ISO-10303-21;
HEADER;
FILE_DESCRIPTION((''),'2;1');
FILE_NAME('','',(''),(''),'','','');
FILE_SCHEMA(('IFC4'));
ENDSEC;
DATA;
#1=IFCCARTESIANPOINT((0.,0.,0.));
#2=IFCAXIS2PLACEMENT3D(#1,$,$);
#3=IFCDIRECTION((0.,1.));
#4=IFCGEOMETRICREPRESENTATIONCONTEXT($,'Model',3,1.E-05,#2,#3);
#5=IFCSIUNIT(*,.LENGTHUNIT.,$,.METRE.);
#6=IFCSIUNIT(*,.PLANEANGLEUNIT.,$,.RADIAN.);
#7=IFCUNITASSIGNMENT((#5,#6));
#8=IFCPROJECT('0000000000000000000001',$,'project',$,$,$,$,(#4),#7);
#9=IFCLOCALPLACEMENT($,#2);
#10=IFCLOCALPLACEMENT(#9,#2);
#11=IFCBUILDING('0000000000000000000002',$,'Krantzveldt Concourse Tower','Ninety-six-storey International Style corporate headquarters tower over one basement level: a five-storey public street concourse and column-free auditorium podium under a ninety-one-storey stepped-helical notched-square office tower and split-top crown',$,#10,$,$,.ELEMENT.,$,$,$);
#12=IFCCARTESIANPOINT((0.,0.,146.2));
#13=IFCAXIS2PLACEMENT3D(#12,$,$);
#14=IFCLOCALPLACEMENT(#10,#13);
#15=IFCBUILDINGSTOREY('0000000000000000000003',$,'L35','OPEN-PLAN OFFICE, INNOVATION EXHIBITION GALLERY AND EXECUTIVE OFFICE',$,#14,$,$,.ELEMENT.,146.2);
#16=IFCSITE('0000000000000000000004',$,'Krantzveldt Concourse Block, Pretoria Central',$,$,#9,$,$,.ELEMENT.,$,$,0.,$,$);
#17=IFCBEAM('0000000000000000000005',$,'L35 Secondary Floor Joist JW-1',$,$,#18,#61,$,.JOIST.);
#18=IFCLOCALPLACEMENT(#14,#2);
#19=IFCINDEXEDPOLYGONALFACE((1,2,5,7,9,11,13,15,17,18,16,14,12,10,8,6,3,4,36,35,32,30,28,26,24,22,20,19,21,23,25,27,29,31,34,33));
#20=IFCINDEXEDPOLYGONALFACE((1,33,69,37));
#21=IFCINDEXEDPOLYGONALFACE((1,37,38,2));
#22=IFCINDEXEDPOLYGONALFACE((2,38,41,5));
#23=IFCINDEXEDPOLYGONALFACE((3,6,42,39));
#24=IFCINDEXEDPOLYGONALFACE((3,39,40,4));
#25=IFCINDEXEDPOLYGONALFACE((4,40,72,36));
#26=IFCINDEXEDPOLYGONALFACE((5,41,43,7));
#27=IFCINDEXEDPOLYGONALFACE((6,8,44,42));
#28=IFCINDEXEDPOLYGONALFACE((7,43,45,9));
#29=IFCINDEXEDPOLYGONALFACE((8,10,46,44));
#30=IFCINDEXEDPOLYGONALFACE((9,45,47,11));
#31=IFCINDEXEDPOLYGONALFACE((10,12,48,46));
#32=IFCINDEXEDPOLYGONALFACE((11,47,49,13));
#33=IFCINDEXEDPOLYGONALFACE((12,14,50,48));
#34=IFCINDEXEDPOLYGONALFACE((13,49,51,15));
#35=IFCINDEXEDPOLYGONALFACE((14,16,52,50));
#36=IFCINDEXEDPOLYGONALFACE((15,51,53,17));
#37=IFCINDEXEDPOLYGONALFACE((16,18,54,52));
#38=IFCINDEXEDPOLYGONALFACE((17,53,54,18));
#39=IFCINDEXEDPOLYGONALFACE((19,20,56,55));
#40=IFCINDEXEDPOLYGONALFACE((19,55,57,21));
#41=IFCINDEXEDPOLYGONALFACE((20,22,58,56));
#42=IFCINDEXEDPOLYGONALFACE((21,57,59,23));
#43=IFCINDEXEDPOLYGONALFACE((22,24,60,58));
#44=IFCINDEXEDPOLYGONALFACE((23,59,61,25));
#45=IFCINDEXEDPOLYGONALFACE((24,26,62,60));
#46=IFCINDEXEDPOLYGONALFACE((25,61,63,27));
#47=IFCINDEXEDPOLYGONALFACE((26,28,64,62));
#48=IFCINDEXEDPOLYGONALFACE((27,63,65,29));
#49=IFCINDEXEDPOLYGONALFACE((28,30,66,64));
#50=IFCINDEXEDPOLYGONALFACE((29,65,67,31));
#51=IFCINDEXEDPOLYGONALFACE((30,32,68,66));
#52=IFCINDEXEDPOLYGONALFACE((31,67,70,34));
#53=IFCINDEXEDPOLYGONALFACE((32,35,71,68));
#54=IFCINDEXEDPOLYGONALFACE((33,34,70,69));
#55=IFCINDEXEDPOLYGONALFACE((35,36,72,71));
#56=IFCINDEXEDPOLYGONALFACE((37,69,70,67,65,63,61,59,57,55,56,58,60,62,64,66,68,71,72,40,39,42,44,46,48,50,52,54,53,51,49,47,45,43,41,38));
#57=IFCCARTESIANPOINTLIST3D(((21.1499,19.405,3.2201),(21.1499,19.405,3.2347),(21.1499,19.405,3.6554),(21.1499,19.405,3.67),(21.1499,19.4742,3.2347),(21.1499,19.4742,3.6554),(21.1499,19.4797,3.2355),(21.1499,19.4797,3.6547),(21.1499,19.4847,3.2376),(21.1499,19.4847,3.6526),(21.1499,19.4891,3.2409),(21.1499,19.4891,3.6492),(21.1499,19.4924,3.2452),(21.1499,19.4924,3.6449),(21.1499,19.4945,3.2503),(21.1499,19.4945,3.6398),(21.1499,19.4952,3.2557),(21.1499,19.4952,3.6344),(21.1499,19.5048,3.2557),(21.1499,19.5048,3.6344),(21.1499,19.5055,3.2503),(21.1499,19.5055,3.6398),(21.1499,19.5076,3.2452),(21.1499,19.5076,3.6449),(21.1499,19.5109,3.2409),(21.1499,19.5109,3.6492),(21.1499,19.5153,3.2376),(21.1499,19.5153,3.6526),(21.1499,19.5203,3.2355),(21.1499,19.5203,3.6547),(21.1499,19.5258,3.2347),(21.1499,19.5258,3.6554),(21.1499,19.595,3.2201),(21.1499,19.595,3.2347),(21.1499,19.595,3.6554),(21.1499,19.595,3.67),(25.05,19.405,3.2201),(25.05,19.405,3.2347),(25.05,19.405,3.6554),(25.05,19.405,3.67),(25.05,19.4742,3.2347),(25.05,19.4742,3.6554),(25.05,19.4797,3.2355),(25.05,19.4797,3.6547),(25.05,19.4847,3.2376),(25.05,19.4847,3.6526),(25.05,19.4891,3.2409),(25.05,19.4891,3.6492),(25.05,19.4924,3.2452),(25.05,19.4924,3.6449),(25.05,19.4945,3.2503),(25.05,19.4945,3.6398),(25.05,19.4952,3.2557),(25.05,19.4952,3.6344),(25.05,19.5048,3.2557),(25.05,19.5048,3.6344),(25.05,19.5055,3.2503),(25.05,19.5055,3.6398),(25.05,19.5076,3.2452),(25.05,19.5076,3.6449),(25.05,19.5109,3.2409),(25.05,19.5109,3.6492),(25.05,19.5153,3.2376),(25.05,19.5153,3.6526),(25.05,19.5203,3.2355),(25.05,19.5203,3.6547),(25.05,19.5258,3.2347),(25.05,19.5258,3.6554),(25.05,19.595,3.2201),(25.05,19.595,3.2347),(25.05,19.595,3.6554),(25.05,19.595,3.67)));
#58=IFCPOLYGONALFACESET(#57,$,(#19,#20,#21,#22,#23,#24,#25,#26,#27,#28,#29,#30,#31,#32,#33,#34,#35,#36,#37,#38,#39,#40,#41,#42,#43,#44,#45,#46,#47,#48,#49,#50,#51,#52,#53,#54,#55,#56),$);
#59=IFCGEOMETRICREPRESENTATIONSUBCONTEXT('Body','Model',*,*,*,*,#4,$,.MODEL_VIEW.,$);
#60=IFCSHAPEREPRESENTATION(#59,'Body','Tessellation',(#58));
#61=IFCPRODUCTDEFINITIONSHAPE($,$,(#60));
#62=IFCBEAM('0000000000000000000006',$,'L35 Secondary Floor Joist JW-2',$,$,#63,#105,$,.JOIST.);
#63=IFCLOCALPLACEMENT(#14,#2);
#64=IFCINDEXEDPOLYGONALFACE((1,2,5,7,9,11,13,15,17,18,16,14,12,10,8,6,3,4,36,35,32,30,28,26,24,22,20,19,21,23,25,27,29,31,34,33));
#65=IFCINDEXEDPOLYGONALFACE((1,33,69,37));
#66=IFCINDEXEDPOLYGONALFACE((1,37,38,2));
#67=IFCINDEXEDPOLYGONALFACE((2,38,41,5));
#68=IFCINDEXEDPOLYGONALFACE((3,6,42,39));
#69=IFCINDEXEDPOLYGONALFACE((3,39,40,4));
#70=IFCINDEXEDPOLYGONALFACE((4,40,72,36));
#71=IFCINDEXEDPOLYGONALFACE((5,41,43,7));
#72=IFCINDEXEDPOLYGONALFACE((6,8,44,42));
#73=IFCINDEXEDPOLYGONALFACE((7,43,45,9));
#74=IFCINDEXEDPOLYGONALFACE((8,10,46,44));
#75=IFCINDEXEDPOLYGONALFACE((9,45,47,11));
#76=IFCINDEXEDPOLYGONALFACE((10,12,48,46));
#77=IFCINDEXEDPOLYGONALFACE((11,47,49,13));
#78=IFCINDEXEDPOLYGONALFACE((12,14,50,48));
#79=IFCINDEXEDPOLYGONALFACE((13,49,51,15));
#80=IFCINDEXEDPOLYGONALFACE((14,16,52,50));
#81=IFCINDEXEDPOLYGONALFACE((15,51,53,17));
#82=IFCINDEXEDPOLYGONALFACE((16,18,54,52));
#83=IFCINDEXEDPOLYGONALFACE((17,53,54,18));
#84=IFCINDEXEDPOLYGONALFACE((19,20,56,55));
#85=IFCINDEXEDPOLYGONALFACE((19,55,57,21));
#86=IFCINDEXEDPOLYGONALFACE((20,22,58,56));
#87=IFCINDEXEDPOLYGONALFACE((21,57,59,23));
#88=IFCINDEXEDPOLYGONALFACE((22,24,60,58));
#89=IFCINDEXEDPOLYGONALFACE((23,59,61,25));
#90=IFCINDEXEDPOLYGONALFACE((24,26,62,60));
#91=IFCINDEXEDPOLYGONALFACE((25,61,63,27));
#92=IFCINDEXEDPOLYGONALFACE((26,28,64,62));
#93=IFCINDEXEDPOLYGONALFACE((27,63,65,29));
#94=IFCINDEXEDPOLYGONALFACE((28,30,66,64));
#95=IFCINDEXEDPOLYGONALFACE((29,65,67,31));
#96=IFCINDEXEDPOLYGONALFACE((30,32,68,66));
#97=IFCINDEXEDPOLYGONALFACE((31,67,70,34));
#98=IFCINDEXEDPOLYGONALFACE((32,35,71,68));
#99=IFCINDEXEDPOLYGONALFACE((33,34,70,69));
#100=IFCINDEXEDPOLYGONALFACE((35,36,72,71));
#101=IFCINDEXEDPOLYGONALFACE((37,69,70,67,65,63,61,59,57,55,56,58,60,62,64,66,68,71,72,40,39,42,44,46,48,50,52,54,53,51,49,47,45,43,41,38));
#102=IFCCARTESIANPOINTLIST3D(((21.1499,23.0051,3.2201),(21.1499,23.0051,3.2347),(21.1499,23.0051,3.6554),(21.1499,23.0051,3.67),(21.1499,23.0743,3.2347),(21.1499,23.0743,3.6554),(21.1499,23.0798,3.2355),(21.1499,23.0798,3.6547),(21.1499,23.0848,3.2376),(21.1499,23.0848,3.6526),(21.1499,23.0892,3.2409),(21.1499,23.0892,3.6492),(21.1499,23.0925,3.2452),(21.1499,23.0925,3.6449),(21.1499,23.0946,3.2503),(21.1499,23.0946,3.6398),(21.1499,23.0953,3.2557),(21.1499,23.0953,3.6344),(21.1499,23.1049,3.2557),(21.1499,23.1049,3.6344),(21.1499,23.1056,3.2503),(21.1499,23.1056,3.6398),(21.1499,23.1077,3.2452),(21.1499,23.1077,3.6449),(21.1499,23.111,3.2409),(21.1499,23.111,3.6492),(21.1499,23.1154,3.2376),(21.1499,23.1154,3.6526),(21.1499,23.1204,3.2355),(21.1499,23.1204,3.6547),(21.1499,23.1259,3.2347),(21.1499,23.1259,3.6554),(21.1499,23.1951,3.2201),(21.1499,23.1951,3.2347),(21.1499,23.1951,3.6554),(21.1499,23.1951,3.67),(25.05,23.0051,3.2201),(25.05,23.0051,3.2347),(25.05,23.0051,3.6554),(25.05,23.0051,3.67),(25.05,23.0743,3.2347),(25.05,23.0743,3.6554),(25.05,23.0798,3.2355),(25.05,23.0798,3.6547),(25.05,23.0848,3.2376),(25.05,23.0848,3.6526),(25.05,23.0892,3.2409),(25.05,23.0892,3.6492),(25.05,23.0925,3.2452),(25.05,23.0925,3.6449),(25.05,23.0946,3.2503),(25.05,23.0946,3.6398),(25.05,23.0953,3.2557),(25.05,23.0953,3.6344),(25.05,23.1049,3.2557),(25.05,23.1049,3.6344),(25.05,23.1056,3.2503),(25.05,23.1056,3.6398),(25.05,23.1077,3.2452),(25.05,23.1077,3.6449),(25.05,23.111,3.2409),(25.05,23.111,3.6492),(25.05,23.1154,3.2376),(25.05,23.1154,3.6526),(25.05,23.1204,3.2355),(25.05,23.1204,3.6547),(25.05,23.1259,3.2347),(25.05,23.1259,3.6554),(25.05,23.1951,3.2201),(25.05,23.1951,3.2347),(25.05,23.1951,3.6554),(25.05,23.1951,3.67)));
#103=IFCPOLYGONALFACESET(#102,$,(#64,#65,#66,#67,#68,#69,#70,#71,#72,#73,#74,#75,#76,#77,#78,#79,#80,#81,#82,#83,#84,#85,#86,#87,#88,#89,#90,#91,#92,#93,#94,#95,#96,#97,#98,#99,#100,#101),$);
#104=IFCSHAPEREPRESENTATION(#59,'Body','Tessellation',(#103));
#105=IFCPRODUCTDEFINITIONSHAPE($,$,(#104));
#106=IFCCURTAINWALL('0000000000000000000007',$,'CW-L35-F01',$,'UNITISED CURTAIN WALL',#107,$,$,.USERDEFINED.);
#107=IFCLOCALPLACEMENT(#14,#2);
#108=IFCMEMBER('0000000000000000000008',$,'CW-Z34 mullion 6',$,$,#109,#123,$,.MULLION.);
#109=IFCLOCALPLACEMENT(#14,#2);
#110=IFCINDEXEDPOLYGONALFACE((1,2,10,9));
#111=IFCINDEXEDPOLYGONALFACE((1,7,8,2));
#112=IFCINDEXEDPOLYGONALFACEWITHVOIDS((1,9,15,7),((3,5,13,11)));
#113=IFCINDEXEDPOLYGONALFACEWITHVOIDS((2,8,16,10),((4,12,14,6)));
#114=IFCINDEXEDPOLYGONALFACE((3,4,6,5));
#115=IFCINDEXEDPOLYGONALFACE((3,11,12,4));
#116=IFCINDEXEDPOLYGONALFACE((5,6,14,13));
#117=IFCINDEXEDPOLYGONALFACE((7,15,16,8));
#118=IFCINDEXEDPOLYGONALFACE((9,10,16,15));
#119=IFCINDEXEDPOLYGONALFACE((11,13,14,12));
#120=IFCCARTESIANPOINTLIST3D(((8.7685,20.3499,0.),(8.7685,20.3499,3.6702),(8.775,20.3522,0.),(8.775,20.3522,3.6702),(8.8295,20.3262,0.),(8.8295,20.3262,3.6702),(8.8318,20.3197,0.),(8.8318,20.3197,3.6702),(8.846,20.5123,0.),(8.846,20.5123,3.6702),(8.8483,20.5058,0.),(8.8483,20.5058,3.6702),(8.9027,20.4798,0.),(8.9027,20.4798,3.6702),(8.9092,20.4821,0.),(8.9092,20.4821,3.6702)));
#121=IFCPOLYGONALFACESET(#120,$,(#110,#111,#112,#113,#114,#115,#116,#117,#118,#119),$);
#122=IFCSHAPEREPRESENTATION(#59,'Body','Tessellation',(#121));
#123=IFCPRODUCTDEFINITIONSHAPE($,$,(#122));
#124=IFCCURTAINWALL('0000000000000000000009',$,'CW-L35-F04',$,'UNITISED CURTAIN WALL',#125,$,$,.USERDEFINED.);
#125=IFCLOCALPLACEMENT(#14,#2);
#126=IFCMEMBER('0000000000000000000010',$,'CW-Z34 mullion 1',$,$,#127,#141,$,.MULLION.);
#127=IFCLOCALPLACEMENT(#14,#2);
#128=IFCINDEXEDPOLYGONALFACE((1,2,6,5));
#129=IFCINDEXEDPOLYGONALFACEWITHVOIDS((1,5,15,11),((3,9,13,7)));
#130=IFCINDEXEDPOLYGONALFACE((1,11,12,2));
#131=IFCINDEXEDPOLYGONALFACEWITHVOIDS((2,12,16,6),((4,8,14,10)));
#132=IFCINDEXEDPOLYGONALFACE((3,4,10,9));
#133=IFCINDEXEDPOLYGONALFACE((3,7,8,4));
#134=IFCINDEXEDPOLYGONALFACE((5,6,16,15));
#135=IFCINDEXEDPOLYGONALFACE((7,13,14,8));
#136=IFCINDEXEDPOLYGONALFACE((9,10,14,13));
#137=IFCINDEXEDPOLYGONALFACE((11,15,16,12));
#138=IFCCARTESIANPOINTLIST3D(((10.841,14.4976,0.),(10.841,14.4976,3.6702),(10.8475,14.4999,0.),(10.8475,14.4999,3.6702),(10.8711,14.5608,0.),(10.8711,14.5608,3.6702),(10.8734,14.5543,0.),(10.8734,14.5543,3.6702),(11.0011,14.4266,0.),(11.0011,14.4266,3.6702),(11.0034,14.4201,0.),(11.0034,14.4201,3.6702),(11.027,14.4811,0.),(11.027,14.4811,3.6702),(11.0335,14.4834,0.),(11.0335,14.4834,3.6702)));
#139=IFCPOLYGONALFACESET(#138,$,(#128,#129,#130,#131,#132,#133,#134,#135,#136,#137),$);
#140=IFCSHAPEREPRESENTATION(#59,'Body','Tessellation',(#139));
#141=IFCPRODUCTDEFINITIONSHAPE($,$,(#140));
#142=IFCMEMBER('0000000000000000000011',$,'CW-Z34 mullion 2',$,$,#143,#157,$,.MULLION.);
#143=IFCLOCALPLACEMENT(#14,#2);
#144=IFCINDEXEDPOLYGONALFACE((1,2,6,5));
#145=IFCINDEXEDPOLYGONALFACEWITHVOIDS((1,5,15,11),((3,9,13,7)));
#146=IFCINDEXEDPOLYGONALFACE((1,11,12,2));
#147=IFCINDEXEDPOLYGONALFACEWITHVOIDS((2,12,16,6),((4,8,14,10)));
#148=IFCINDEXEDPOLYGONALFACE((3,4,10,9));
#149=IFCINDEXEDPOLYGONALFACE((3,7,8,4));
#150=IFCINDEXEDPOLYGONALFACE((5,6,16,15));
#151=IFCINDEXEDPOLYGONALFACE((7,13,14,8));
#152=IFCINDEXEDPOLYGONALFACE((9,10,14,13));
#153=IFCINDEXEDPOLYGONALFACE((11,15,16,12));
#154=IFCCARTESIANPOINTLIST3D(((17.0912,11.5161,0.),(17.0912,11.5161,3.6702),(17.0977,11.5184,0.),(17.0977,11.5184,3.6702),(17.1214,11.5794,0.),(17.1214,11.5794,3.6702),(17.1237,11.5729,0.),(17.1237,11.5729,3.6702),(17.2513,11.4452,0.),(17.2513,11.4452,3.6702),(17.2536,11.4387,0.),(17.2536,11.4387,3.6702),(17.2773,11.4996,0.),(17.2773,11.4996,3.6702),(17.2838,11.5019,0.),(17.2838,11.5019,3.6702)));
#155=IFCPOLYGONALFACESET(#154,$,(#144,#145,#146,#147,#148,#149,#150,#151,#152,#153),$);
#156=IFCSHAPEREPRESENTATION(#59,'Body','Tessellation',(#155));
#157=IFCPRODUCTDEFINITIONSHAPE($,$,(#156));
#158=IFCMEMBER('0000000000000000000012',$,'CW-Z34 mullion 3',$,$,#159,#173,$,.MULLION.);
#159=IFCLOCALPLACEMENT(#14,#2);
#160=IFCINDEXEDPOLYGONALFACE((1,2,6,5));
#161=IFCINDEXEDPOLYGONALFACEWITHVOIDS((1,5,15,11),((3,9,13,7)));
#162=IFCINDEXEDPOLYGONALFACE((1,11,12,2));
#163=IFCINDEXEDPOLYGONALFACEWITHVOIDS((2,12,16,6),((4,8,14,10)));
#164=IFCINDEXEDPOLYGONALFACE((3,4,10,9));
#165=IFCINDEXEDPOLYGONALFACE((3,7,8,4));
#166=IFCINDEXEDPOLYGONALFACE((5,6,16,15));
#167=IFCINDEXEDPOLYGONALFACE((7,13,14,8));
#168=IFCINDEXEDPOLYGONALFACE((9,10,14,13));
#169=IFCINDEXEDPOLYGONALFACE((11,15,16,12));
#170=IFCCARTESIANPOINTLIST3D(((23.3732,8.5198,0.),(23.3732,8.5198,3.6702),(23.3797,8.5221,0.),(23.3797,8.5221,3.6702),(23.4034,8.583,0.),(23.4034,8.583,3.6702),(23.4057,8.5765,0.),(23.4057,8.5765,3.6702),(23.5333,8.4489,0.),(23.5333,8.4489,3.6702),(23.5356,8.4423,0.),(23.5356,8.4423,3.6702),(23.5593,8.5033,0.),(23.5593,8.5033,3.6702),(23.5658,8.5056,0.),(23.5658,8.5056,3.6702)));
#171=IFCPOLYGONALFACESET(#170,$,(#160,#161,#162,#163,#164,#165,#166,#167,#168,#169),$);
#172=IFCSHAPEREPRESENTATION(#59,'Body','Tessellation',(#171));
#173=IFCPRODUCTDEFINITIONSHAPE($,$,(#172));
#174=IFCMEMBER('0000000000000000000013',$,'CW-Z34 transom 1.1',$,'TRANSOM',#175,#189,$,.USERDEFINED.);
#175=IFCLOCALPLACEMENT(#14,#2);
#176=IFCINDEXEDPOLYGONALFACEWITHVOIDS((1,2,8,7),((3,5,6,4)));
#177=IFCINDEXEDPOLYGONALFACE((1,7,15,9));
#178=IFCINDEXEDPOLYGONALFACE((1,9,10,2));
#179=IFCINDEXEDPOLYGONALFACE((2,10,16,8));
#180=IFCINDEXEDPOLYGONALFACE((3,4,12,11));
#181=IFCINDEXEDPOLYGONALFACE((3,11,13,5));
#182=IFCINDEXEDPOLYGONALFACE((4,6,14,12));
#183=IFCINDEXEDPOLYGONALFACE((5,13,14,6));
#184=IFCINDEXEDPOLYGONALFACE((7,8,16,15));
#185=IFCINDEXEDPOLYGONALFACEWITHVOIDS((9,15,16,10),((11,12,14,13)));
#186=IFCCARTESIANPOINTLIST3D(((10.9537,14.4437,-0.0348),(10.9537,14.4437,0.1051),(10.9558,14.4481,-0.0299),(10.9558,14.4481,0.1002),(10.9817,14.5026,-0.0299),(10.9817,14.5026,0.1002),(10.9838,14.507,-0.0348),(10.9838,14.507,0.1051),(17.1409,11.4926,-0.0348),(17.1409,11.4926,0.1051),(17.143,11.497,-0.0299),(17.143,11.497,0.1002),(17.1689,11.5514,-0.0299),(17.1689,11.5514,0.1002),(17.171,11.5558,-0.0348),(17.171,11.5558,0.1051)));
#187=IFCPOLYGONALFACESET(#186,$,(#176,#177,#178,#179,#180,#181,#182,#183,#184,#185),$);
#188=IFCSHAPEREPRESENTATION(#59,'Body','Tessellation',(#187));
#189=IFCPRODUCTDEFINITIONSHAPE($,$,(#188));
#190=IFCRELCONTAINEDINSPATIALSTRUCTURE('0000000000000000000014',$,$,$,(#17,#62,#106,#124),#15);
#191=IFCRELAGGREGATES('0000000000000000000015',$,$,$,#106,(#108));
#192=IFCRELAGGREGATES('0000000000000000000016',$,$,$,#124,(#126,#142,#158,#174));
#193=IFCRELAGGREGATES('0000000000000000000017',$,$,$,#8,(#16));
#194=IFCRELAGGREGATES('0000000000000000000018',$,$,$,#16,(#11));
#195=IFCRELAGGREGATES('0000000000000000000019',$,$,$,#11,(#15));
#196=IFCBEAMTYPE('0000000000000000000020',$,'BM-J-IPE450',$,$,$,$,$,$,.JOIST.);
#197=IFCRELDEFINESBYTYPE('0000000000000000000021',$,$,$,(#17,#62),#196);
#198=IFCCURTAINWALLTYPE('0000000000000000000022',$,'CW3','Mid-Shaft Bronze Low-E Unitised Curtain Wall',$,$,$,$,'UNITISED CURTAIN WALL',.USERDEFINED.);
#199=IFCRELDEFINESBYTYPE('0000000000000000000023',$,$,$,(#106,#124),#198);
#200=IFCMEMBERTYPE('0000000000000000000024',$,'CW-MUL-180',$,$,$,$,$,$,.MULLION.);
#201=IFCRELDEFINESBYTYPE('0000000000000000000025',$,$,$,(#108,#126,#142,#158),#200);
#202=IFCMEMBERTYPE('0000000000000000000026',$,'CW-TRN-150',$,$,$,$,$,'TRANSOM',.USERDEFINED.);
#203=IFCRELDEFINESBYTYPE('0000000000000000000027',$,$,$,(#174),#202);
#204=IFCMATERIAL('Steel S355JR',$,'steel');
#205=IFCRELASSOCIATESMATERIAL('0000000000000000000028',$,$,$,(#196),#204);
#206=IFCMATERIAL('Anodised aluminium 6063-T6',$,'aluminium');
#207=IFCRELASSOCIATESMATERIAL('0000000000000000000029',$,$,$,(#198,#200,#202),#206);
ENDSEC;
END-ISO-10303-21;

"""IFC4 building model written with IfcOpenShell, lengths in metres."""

from ifc_helpers import new_model, si_unit, direction, frame, origin, origin_2d, place, context, subcontext, project, spatial, hollow_rectangle, i_section, extrude, source, transform, mapped, material, material_profile, profile_set, type_object, type_shapes, element, aggregate, save


model = new_model("IFC4")

# Units and contexts
model_context = context("Model", 3, precision=1e-05, world=origin(), true_north=direction((0.0, 1.0)))
body_context = subcontext(model_context, "Body", "Model", "MODEL_VIEW")
ifc_project = project(units=[si_unit("LENGTHUNIT", "METRE"), si_unit("PLANEANGLEUNIT", "RADIAN")], contexts=[model_context])

# Site, building, storey
site_placement = place(None, origin())
site = spatial("IfcSite", under=ifc_project, at=site_placement, Name="Krantzveldt Concourse Block, Pretoria Central", CompositionType="ELEMENT", RefElevation=0.0)
building_placement = place(site_placement, origin())
building = spatial("IfcBuilding", under=site, at=building_placement, Name="Krantzveldt Concourse Tower", Description="Ninety-six-storey International Style corporate headquarters tower over one basement level: a five-storey public street concourse and column-free auditorium podium under a ninety-one-storey stepped-helical notched-square office tower and split-top crown", CompositionType="ELEMENT")
storey_placement = place(building_placement, frame((0.0, 0.0, 146.2)))
storey = spatial("IfcBuildingStorey", under=building, at=storey_placement, Name="L35", Description="OPEN-PLAN OFFICE, INNOVATION EXHIBITION GALLERY AND EXECUTIVE OFFICE", CompositionType="ELEMENT", Elevation=146.2)

# Beams
ifc_material_1 = material(Name="Steel S355JR", Category="steel")
ifc_material_profile_1 = material_profile(ifc_material_1, i_section(OverallWidth=0.1899, OverallDepth=0.45, WebThickness=0.0095, FlangeThickness=0.0146, FilletRadius=0.021, at=origin_2d()), Name="Steel S355JR", Category="steel")
ifc_profile_set_1 = profile_set([ifc_material_profile_1], Name="Steel S355JR - IPE 450")
beam_type_1 = type_object("IfcBeamType", Name="BM-J-IPE450", PredefinedType="JOIST", material=ifc_profile_set_1)
shared_shape_1 = source(origin(), body_context, "Body", "SweptSolid", [
    extrude(i_section(OverallWidth=0.1899, OverallDepth=0.45, WebThickness=0.0095, FlangeThickness=0.0146, FilletRadius=0.021, at=origin_2d()), origin(), (0.0, 0.0, 1.0), 3.9001),
])
type_shapes(beam_type_1, [shared_shape_1])
for number, where, z_axis, x_axis, name in (
    (1, (21.1499, 19.5, 3.4451), (1.0, 0.0, 0.0), (0.0, 1.0, 0.0), "L35 Secondary Floor Joist JW-1"),
    (2, (21.1499, 23.1001, 3.4451), (1.0, 0.0, 0.0), (0.0, 1.0, 0.0), "L35 Secondary Floor Joist JW-2"),
):
    element("IfcBeam", number, at=place(storey_placement, frame(where, z_axis=z_axis, x_axis=x_axis)), inside=storey, type_object=beam_type_1, Name=name, PredefinedType="JOIST", context=body_context, shape_type="MappedRepresentation", body=[
        mapped(shared_shape_1, transform((0.0, 0.0, 0.0), x_axis=(1.0, 0.0, 0.0), y_axis=(0.0, 1.0, 0.0), z_axis=(0.0, 0.0, 1.0), scale=1.0)),
    ])

# Curtain wall, member
ifc_material_2 = material(Name="Anodised aluminium 6063-T6", Category="aluminium")
curtain_wall_type = type_object("IfcCurtainWallType", Name="CW3", Description="Mid-Shaft Bronze Low-E Unitised Curtain Wall", ElementType="UNITISED CURTAIN WALL", PredefinedType="USERDEFINED", material=ifc_material_2)
curtain_wall_1_placement = place(storey_placement, origin())
curtain_wall_1 = element("IfcCurtainWall", 3, at=curtain_wall_1_placement, inside=storey, type_object=curtain_wall_type, Name="CW-L35-F01", ObjectType="UNITISED CURTAIN WALL", PredefinedType="USERDEFINED")
ifc_material_profile_2 = material_profile(ifc_material_2, hollow_rectangle(XDim=0.0701, YDim=0.1799, WallThickness=0.0049, at=origin_2d()), Name="Anodised aluminium 6063-T6", Category="aluminium")
ifc_profile_set_2 = profile_set([ifc_material_profile_2], Name="Anodised aluminium 6063-T6 - ALU-MULL 180x70x5")
member_type_1 = type_object("IfcMemberType", Name="CW-MUL-180", PredefinedType="MULLION", material=ifc_profile_set_2)
shared_shape_2 = source(origin(), body_context, "Body", "SweptSolid", [
    extrude(hollow_rectangle(XDim=0.0701, YDim=0.1799, WallThickness=0.0049, at=origin_2d()), origin(), (0.0, 0.0, 1.0), 3.6702),
])
type_shapes(member_type_1, [shared_shape_2])
member_1_placement = place(storey_placement, frame((8.8389, 20.416, 0.0), z_axis=(0.0, 0.0, 1.0), x_axis=(0.902585, -0.430511, 0.0)))
member_1 = element("IfcMember", 4, at=member_1_placement, type_object=member_type_1, Name="CW-Z34 mullion 6", PredefinedType="MULLION", context=body_context, shape_type="MappedRepresentation", body=[
    mapped(shared_shape_2, transform((0.0, 0.0, 0.0), x_axis=(1.0, 0.0, 0.0), y_axis=(0.0, 1.0, 0.0), z_axis=(0.0, 0.0, 1.0), scale=1.0)),
])

# Curtain wall, members
curtain_wall_2_placement = place(storey_placement, origin())
curtain_wall_2 = element("IfcCurtainWall", 5, at=curtain_wall_2_placement, inside=storey, type_object=curtain_wall_type, Name="CW-L35-F04", ObjectType="UNITISED CURTAIN WALL", PredefinedType="USERDEFINED")
member_2_placement = place(storey_placement, frame((10.9373, 14.4905, 0.0), z_axis=(0.0, 0.0, 1.0), x_axis=(0.430511, 0.902585, 0.0)))
member_2 = element("IfcMember", 6, at=member_2_placement, type_object=member_type_1, Name="CW-Z34 mullion 1", PredefinedType="MULLION", context=body_context, shape_type="MappedRepresentation", body=[
    mapped(shared_shape_2, transform((0.0, 0.0, 0.0), x_axis=(1.0, 0.0, 0.0), y_axis=(0.0, 1.0, 0.0), z_axis=(0.0, 0.0, 1.0), scale=1.0)),
])
member_3_placement = place(storey_placement, frame((17.1875, 11.509, 0.0), z_axis=(0.0, 0.0, 1.0), x_axis=(0.430511, 0.902585, 0.0)))
member_3 = element("IfcMember", 7, at=member_3_placement, type_object=member_type_1, Name="CW-Z34 mullion 2", PredefinedType="MULLION", context=body_context, shape_type="MappedRepresentation", body=[
    mapped(shared_shape_2, transform((0.0, 0.0, 0.0), x_axis=(1.0, 0.0, 0.0), y_axis=(0.0, 1.0, 0.0), z_axis=(0.0, 0.0, 1.0), scale=1.0)),
])
member_4_placement = place(storey_placement, frame((23.4695, 8.5127, 0.0), z_axis=(0.0, 0.0, 1.0), x_axis=(0.430511, 0.902585, 0.0)))
member_4 = element("IfcMember", 8, at=member_4_placement, type_object=member_type_1, Name="CW-Z34 mullion 3", PredefinedType="MULLION", context=body_context, shape_type="MappedRepresentation", body=[
    mapped(shared_shape_2, transform((0.0, 0.0, 0.0), x_axis=(1.0, 0.0, 0.0), y_axis=(0.0, 1.0, 0.0), z_axis=(0.0, 0.0, 1.0), scale=1.0)),
])
ifc_material_profile_3 = material_profile(ifc_material_2, hollow_rectangle(XDim=0.0701, YDim=0.1399, WallThickness=0.0049, at=origin_2d()), Name="Anodised aluminium 6063-T6", Category="aluminium")
ifc_profile_set_3 = profile_set([ifc_material_profile_3], Name="Anodised aluminium 6063-T6 - ALU-TRAN 140x70x5")
member_type_2 = type_object("IfcMemberType", Name="CW-TRN-150", ElementType="TRANSOM", PredefinedType="USERDEFINED", material=ifc_profile_set_3)
shared_shape_3 = source(origin(), body_context, "Body", "SweptSolid", [
    extrude(hollow_rectangle(XDim=0.0701, YDim=0.1399, WallThickness=0.0049, at=origin_2d()), origin(), (0.0, 0.0, 1.0), 6.855),
])
member_5_placement = place(storey_placement, frame((10.9688, 14.4753, 0.0352), z_axis=(0.902585, -0.430511, 0.0), x_axis=(0.430511, 0.902585, 0.0)))
member_5 = element("IfcMember", 9, at=member_5_placement, type_object=member_type_2, Name="CW-Z34 transom 1.1", ObjectType="TRANSOM", PredefinedType="USERDEFINED", context=body_context, shape_type="MappedRepresentation", body=[
    mapped(shared_shape_3, transform((0.0, 0.0, 0.0), x_axis=(1.0, 0.0, 0.0), y_axis=(0.0, 1.0, 0.0), z_axis=(0.0, 0.0, 1.0), scale=1.0)),
])

aggregate(curtain_wall_1, [member_1])
aggregate(curtain_wall_2, [member_2, member_3, member_4, member_5])

save(model, "model.ifc")
